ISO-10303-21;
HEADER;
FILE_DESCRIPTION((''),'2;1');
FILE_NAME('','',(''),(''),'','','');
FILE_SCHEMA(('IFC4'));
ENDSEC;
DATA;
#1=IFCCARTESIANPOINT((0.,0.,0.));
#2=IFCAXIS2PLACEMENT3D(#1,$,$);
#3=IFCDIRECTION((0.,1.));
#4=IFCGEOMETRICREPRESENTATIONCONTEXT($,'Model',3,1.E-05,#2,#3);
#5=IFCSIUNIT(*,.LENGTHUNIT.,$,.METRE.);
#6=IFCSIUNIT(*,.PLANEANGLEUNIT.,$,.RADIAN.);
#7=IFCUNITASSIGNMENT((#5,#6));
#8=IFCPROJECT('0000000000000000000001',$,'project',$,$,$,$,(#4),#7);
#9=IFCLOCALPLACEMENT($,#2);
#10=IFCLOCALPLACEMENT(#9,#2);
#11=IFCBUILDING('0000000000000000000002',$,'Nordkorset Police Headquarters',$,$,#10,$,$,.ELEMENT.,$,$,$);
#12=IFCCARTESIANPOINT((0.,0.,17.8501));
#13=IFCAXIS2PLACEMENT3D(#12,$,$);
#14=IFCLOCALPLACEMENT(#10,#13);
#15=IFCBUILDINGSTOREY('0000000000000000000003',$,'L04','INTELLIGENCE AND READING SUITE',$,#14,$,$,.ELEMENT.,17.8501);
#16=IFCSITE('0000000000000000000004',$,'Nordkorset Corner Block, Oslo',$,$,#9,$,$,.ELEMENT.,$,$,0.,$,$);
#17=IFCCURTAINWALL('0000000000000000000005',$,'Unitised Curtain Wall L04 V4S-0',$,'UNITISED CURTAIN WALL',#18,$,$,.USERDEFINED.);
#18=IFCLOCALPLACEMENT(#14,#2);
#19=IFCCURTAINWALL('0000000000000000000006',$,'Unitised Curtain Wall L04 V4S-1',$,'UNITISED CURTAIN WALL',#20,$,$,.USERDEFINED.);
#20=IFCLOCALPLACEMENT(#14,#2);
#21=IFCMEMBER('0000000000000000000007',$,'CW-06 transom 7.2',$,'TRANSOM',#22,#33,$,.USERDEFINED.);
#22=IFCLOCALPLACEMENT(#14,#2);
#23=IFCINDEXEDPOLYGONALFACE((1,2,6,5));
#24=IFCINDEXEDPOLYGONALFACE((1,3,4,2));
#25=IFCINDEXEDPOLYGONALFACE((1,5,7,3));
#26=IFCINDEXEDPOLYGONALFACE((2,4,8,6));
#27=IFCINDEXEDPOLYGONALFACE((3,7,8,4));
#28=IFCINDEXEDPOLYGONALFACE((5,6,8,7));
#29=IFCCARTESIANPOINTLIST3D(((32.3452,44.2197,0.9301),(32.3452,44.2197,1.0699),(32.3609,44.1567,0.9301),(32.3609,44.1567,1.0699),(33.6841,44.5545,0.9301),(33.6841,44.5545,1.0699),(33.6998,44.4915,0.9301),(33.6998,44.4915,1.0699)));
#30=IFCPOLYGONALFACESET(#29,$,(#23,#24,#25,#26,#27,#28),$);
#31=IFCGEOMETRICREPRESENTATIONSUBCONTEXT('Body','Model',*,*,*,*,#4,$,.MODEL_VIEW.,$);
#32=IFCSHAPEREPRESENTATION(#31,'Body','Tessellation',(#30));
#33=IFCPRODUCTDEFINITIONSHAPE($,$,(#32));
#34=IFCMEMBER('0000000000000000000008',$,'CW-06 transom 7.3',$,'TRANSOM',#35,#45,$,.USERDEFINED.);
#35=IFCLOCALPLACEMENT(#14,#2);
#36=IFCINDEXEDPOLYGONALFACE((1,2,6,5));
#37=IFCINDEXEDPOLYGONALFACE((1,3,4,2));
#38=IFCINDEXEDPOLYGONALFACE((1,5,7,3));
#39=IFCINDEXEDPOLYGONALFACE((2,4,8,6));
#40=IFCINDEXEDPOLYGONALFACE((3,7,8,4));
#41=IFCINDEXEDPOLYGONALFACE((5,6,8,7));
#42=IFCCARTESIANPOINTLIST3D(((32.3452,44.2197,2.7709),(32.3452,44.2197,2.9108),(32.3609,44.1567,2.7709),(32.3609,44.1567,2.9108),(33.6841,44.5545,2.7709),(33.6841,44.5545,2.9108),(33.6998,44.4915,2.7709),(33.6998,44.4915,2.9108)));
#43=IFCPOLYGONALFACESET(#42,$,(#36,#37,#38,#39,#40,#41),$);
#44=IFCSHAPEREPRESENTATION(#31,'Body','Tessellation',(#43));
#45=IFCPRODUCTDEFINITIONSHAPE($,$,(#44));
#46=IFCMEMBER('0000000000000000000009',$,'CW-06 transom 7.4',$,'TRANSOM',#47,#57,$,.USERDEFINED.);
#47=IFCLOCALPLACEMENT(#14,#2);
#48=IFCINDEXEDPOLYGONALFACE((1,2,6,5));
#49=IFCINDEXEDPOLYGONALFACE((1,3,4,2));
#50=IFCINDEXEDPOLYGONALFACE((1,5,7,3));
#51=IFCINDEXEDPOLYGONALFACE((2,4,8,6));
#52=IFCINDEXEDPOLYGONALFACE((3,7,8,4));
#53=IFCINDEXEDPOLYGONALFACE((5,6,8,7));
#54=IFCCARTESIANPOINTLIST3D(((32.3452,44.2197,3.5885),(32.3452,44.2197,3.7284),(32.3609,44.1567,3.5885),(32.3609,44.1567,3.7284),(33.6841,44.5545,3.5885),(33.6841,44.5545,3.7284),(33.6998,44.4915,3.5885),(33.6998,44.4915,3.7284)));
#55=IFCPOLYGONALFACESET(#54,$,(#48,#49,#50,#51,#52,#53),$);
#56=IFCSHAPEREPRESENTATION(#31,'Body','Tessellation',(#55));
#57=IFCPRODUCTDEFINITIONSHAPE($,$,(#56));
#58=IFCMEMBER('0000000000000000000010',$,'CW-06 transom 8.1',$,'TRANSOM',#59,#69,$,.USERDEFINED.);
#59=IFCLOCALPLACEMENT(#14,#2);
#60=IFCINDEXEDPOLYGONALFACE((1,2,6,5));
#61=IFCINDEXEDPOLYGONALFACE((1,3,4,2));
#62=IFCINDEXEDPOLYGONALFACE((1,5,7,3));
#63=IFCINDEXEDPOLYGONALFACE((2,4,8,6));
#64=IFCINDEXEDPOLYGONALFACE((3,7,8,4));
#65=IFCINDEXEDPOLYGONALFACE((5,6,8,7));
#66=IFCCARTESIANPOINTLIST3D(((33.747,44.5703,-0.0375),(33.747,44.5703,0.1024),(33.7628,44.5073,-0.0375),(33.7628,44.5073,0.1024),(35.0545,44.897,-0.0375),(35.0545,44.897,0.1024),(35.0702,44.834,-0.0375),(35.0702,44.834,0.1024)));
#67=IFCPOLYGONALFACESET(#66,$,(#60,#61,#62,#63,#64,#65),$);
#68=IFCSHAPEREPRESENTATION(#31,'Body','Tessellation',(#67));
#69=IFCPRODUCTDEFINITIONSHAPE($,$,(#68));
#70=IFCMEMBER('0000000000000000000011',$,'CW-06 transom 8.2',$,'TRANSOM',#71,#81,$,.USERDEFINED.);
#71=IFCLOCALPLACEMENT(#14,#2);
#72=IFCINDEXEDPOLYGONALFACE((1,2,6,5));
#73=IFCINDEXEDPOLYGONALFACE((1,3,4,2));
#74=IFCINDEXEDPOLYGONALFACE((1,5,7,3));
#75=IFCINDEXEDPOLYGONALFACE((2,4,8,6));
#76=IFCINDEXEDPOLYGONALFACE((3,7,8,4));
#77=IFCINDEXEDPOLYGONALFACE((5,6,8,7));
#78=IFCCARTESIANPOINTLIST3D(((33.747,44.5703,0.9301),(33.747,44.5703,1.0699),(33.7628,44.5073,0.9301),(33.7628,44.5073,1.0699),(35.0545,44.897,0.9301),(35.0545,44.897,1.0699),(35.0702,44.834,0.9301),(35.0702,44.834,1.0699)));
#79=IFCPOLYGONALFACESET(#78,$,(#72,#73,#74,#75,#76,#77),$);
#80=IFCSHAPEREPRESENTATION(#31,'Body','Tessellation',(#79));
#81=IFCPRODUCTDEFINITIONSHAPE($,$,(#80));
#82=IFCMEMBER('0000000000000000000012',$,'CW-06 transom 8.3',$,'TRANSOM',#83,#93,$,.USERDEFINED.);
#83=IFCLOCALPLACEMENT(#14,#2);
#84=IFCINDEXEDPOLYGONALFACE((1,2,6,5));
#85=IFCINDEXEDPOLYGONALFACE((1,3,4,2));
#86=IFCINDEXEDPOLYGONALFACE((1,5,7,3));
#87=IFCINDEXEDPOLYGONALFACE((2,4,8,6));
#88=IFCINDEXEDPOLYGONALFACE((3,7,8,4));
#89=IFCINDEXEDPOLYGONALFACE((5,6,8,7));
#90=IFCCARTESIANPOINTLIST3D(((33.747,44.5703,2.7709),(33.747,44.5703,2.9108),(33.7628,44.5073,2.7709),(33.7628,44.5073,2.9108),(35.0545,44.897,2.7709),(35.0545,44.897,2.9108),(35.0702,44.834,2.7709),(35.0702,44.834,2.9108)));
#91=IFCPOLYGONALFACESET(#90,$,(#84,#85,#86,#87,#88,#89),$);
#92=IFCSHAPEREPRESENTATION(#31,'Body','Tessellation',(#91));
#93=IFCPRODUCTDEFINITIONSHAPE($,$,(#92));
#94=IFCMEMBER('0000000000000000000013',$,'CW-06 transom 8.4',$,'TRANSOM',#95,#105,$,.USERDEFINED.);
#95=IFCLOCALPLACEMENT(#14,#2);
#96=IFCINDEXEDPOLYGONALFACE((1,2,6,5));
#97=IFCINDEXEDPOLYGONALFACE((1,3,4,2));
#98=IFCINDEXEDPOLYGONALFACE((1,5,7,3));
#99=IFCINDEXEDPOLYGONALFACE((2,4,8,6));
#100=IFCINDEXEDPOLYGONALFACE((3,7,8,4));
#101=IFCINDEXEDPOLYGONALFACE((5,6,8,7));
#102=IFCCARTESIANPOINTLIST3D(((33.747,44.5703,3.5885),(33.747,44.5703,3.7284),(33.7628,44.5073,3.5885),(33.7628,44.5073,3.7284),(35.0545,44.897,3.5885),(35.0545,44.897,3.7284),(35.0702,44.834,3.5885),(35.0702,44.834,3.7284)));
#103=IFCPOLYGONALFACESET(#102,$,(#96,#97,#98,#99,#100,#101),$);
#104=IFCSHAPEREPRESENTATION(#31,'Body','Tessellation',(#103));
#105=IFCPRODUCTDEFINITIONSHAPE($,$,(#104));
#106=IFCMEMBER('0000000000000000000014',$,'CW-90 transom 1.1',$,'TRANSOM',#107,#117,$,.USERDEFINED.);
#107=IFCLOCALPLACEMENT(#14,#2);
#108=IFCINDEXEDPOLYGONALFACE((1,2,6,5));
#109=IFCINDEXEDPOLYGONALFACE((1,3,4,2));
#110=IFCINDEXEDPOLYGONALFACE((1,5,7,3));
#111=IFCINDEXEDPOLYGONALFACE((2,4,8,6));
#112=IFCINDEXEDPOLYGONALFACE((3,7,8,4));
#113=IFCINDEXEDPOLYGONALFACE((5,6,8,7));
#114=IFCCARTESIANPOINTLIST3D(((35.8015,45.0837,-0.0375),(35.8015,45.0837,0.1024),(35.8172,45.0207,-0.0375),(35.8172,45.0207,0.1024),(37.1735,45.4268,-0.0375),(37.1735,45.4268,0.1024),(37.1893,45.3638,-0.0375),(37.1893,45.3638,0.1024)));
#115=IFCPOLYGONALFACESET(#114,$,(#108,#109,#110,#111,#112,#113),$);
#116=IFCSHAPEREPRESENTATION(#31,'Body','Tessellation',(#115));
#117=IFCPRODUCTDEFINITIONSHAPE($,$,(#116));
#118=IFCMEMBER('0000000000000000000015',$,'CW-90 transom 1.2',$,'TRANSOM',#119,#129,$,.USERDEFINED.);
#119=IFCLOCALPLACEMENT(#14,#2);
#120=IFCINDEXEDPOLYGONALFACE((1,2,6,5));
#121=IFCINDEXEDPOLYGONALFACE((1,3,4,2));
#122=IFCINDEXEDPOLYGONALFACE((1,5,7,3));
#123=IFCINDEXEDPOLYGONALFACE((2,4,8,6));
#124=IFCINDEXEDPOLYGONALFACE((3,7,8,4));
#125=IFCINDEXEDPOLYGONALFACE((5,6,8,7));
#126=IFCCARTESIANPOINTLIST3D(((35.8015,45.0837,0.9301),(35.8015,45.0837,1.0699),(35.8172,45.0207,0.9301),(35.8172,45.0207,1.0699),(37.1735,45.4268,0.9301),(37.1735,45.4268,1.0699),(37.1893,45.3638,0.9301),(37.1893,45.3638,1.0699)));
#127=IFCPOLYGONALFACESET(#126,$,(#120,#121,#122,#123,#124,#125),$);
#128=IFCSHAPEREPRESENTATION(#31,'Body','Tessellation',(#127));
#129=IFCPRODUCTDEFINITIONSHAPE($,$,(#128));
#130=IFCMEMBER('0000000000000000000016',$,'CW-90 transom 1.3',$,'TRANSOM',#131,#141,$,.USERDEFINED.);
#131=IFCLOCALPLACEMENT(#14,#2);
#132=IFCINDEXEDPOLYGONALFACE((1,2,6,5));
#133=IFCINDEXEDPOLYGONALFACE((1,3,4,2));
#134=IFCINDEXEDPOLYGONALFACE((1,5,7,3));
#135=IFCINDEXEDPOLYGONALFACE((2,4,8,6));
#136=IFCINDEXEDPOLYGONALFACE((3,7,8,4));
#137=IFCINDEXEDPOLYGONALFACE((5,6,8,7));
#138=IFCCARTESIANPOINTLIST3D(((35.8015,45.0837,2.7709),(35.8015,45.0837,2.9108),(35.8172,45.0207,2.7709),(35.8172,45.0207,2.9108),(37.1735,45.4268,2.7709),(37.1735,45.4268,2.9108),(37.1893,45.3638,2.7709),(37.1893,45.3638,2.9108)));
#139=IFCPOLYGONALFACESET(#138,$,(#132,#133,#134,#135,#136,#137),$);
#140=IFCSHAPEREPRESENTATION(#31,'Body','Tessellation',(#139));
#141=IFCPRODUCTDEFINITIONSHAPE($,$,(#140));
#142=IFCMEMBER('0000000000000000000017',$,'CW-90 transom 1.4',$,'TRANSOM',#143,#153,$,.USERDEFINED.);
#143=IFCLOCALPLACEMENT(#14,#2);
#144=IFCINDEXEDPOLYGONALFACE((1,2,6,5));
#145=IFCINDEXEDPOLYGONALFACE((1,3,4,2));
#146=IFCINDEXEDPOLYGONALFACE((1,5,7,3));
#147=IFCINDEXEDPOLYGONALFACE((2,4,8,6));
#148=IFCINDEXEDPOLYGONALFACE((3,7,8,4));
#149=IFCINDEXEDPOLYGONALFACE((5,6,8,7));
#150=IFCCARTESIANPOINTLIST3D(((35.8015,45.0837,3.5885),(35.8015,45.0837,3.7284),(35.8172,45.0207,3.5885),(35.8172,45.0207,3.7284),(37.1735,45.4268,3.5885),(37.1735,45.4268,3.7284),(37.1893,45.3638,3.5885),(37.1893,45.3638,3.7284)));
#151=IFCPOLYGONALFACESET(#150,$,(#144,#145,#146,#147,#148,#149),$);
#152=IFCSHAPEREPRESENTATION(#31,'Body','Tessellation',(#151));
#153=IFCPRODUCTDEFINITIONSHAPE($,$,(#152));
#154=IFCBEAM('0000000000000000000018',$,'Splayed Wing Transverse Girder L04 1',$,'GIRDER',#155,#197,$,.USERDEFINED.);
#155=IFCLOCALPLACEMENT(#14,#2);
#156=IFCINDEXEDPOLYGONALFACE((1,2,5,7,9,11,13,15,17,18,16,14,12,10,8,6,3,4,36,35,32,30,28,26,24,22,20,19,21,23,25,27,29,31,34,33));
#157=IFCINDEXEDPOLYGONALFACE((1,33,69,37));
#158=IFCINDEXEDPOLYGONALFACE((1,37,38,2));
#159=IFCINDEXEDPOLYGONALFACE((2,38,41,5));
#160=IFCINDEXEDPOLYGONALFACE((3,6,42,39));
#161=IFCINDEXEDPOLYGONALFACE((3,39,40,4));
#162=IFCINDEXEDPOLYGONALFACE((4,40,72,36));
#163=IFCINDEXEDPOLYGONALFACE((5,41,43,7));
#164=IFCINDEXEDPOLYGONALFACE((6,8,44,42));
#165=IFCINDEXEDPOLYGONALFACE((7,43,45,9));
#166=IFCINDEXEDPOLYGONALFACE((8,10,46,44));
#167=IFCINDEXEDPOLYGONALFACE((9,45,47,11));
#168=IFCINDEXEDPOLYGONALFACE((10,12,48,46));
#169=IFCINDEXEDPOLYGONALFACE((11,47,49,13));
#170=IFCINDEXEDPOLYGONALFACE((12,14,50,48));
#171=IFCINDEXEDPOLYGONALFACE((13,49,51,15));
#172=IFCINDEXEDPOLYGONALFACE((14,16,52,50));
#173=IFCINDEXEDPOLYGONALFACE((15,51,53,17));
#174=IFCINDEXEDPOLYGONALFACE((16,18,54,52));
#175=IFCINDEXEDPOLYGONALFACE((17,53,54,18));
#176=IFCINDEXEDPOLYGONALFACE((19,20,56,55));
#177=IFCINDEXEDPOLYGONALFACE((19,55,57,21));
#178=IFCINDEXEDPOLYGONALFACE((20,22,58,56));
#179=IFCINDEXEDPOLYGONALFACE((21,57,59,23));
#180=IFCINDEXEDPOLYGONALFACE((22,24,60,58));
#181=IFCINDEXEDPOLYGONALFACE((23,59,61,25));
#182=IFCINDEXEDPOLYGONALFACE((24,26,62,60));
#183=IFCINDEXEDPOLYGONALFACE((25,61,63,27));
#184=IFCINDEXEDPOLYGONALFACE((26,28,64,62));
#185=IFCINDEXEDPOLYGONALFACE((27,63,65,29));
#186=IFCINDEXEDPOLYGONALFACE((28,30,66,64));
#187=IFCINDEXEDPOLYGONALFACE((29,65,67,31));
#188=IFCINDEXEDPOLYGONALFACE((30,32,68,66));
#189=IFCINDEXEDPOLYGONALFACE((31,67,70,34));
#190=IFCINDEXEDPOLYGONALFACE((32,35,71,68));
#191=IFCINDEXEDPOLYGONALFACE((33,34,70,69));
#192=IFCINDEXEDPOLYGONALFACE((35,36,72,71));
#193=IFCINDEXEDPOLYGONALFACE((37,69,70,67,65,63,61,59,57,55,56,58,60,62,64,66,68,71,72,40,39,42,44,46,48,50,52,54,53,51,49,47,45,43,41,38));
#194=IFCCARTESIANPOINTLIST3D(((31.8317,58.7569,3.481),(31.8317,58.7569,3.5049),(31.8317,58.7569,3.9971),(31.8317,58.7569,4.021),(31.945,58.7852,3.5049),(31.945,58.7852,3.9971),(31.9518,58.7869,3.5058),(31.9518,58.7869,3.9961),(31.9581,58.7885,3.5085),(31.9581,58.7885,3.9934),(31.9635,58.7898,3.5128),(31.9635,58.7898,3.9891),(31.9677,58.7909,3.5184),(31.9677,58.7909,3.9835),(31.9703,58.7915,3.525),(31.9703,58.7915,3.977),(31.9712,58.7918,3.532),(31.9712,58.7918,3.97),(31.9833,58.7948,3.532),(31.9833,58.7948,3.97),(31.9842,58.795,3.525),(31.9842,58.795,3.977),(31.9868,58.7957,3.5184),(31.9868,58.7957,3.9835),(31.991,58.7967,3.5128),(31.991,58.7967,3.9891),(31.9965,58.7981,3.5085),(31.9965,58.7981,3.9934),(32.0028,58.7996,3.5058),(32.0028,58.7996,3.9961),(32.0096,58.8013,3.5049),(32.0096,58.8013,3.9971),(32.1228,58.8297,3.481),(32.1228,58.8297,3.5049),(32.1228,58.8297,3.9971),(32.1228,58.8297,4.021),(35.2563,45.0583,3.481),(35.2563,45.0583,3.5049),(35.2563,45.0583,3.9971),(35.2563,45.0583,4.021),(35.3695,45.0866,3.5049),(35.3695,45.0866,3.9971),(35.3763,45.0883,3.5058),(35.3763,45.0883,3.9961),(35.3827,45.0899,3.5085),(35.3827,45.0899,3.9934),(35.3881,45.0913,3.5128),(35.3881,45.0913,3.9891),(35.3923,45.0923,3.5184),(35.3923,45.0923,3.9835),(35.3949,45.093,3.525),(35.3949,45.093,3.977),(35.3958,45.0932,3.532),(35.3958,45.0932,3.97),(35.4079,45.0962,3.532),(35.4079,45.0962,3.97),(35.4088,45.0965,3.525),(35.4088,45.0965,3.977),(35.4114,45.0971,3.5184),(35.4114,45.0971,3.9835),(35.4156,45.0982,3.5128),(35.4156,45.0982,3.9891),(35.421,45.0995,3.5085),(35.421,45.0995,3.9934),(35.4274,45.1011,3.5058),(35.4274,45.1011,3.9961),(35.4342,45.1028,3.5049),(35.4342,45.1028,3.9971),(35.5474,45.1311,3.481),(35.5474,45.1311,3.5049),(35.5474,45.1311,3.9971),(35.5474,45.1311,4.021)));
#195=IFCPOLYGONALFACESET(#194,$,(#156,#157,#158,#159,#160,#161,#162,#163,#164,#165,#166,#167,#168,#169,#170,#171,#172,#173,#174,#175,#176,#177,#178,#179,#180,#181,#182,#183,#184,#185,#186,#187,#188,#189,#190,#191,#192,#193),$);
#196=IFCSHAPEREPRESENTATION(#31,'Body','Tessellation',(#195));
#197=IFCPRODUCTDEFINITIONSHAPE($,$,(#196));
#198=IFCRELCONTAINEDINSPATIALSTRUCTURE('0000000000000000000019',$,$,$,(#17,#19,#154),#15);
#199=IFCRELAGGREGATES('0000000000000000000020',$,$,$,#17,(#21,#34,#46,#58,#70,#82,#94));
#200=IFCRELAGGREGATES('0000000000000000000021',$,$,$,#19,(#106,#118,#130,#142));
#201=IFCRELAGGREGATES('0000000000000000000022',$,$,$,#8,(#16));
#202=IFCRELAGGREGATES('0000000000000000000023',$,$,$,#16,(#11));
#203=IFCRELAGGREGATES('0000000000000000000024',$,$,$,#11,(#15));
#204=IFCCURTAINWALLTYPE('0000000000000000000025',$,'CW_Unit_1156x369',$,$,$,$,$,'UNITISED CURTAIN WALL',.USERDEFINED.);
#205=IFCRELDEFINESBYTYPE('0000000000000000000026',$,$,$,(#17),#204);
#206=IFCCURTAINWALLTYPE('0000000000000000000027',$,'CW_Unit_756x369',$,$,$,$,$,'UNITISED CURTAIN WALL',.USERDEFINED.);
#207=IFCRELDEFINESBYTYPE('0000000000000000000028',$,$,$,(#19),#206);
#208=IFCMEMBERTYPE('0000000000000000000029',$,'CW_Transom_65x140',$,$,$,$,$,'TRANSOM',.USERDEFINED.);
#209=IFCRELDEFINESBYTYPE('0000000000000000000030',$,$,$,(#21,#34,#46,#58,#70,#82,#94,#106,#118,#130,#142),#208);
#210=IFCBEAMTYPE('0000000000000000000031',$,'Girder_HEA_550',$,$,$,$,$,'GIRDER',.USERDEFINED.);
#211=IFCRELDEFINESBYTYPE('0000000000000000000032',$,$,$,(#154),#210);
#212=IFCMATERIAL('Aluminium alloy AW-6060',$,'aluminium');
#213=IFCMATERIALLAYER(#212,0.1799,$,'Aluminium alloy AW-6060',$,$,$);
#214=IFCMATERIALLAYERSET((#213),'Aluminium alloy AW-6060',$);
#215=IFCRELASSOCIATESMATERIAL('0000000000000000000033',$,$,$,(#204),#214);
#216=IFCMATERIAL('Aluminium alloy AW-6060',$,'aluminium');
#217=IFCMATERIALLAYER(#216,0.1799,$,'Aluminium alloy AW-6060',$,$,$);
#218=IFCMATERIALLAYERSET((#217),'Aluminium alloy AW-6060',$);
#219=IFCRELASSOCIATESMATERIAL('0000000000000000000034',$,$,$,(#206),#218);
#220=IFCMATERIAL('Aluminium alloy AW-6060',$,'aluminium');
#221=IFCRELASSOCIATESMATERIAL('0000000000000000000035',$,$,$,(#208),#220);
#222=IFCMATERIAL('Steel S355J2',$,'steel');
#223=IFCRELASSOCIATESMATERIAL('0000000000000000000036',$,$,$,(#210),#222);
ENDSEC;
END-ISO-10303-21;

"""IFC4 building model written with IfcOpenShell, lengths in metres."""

from ifc_helpers import new_model, si_unit, direction, frame, origin, origin_2d, place, context, subcontext, project, spatial, rectangle, i_section, extrude, material, layer, layer_set, material_profile, profile_set, type_object, element, aggregate, save


model = new_model("IFC4")

# Units and contexts
model_context = context("Model", 3, precision=1e-05, world=origin(), true_north=direction((0.0, 1.0)))
body_context = subcontext(model_context, "Body", "Model", "MODEL_VIEW")
ifc_project = project(units=[si_unit("LENGTHUNIT", "METRE"), si_unit("PLANEANGLEUNIT", "RADIAN")], contexts=[model_context])

# Site, building, storey
site_placement = place(None, origin())
site = spatial("IfcSite", under=ifc_project, at=site_placement, Name="Nordkorset Corner Block, Oslo", CompositionType="ELEMENT", RefElevation=0.0)
building_placement = place(site_placement, origin())
building = spatial("IfcBuilding", under=site, at=building_placement, Name="Nordkorset Police Headquarters", CompositionType="ELEMENT")
storey_placement = place(building_placement, frame((0.0, 0.0, 17.8501)))
storey = spatial("IfcBuildingStorey", under=building, at=storey_placement, Name="L04", Description="INTELLIGENCE AND READING SUITE", CompositionType="ELEMENT", Elevation=17.8501)

# Curtain wall
ifc_material_1 = material(Name="Aluminium alloy AW-6060", Category="aluminium")
ifc_layer_1 = layer(ifc_material_1, 0.1799, Name="Aluminium alloy AW-6060")
ifc_layer_set_1 = layer_set([ifc_layer_1], Name="Aluminium alloy AW-6060")
curtain_wall_type_1 = type_object("IfcCurtainWallType", Name="CW_Unit_1156x369", ElementType="UNITISED CURTAIN WALL", PredefinedType="USERDEFINED", material=ifc_layer_set_1)
curtain_wall_1_placement = place(storey_placement, origin())
curtain_wall_1 = element("IfcCurtainWall", 1, at=curtain_wall_1_placement, inside=storey, type_object=curtain_wall_type_1, Name="Unitised Curtain Wall L04 V4S-0", ObjectType="UNITISED CURTAIN WALL", PredefinedType="USERDEFINED")

# Curtain wall
ifc_material_2 = material(Name="Aluminium alloy AW-6060", Category="aluminium")
ifc_layer_2 = layer(ifc_material_2, 0.1799, Name="Aluminium alloy AW-6060")
ifc_layer_set_2 = layer_set([ifc_layer_2], Name="Aluminium alloy AW-6060")
curtain_wall_type_2 = type_object("IfcCurtainWallType", Name="CW_Unit_756x369", ElementType="UNITISED CURTAIN WALL", PredefinedType="USERDEFINED", material=ifc_layer_set_2)
curtain_wall_2_placement = place(storey_placement, origin())
curtain_wall_2 = element("IfcCurtainWall", 2, at=curtain_wall_2_placement, inside=storey, type_object=curtain_wall_type_2, Name="Unitised Curtain Wall L04 V4S-1", ObjectType="UNITISED CURTAIN WALL", PredefinedType="USERDEFINED")

# Members
ifc_material_3 = material(Name="Aluminium alloy AW-6060", Category="aluminium")
ifc_material_profile_1 = material_profile(ifc_material_3, rectangle(XDim=0.0649, YDim=0.1399, at=origin_2d()), Name="ALU TRAN 65x140")
ifc_profile_set_1 = profile_set([ifc_material_profile_1], Name="Aluminium alloy AW-6060")
member_type_1 = type_object("IfcMemberType", Name="CW_Transom_65x140", ElementType="TRANSOM", PredefinedType="USERDEFINED", material=ifc_profile_set_1)
member_1_placement = place(storey_placement, frame((32.353, 44.1882, 1.0), z_axis=(0.970143, 0.242536, 0.0), x_axis=(-0.242536, 0.970143, 0.0)))
member_1 = element("IfcMember", 3, at=member_1_placement, type_object=member_type_1, Name="CW-06 transom 7.2", ObjectType="TRANSOM", PredefinedType="USERDEFINED", context=body_context, shape_type="SweptSolid", body=[
    extrude(rectangle(XDim=0.0649, YDim=0.1399, at=origin_2d()), origin(), (0.0, 0.0, 1.0), 1.3801),
])
member_2_placement = place(storey_placement, frame((32.353, 44.1882, 2.8408), z_axis=(0.970143, 0.242536, 0.0), x_axis=(-0.242536, 0.970143, 0.0)))
member_2 = element("IfcMember", 4, at=member_2_placement, type_object=member_type_1, Name="CW-06 transom 7.3", ObjectType="TRANSOM", PredefinedType="USERDEFINED", context=body_context, shape_type="SweptSolid", body=[
    extrude(rectangle(XDim=0.0649, YDim=0.1399, at=origin_2d()), origin(), (0.0, 0.0, 1.0), 1.3801),
])
member_3_placement = place(storey_placement, frame((32.353, 44.1882, 3.6584), z_axis=(0.970143, 0.242536, 0.0), x_axis=(-0.242536, 0.970143, 0.0)))
member_3 = element("IfcMember", 5, at=member_3_placement, type_object=member_type_1, Name="CW-06 transom 7.4", ObjectType="TRANSOM", PredefinedType="USERDEFINED", context=body_context, shape_type="SweptSolid", body=[
    extrude(rectangle(XDim=0.0649, YDim=0.1399, at=origin_2d()), origin(), (0.0, 0.0, 1.0), 1.3801),
])
member_4_placement = place(storey_placement, frame((33.7549, 44.5388, 0.0325), z_axis=(0.970174, 0.242408, 0.0), x_axis=(-0.242408, 0.970174, 0.0)))
member_4 = element("IfcMember", 6, at=member_4_placement, type_object=member_type_1, Name="CW-06 transom 8.1", ObjectType="TRANSOM", PredefinedType="USERDEFINED", context=body_context, shape_type="SweptSolid", body=[
    extrude(rectangle(XDim=0.0649, YDim=0.1399, at=origin_2d()), origin(), (0.0, 0.0, 1.0), 1.3477),
])
member_5_placement = place(storey_placement, frame((33.7549, 44.5388, 1.0), z_axis=(0.970174, 0.242408, 0.0), x_axis=(-0.242408, 0.970174, 0.0)))
member_5 = element("IfcMember", 7, at=member_5_placement, type_object=member_type_1, Name="CW-06 transom 8.2", ObjectType="TRANSOM", PredefinedType="USERDEFINED", context=body_context, shape_type="SweptSolid", body=[
    extrude(rectangle(XDim=0.0649, YDim=0.1399, at=origin_2d()), origin(), (0.0, 0.0, 1.0), 1.3477),
])
member_6_placement = place(storey_placement, frame((33.7549, 44.5388, 2.8408), z_axis=(0.970174, 0.242408, 0.0), x_axis=(-0.242408, 0.970174, 0.0)))
member_6 = element("IfcMember", 8, at=member_6_placement, type_object=member_type_1, Name="CW-06 transom 8.3", ObjectType="TRANSOM", PredefinedType="USERDEFINED", context=body_context, shape_type="SweptSolid", body=[
    extrude(rectangle(XDim=0.0649, YDim=0.1399, at=origin_2d()), origin(), (0.0, 0.0, 1.0), 1.3477),
])
member_7_placement = place(storey_placement, frame((33.7549, 44.5388, 3.6584), z_axis=(0.970174, 0.242408, 0.0), x_axis=(-0.242408, 0.970174, 0.0)))
member_7 = element("IfcMember", 9, at=member_7_placement, type_object=member_type_1, Name="CW-06 transom 8.4", ObjectType="TRANSOM", PredefinedType="USERDEFINED", context=body_context, shape_type="SweptSolid", body=[
    extrude(rectangle(XDim=0.0649, YDim=0.1399, at=origin_2d()), origin(), (0.0, 0.0, 1.0), 1.3477),
])
member_8_placement = place(storey_placement, frame((35.8093, 45.0522, 0.0325), z_axis=(0.970143, 0.242536, 0.0), x_axis=(-0.242536, 0.970143, 0.0)))
member_8 = element("IfcMember", 10, at=member_8_placement, type_object=member_type_1, Name="CW-90 transom 1.1", ObjectType="TRANSOM", PredefinedType="USERDEFINED", context=body_context, shape_type="SweptSolid", body=[
    extrude(rectangle(XDim=0.0649, YDim=0.1399, at=origin_2d()), origin(), (0.0, 0.0, 1.0), 1.4143),
])
member_9_placement = place(storey_placement, frame((35.8093, 45.0522, 1.0), z_axis=(0.970143, 0.242536, 0.0), x_axis=(-0.242536, 0.970143, 0.0)))
member_9 = element("IfcMember", 11, at=member_9_placement, type_object=member_type_1, Name="CW-90 transom 1.2", ObjectType="TRANSOM", PredefinedType="USERDEFINED", context=body_context, shape_type="SweptSolid", body=[
    extrude(rectangle(XDim=0.0649, YDim=0.1399, at=origin_2d()), origin(), (0.0, 0.0, 1.0), 1.4143),
])
member_10_placement = place(storey_placement, frame((35.8093, 45.0522, 2.8408), z_axis=(0.970143, 0.242536, 0.0), x_axis=(-0.242536, 0.970143, 0.0)))
member_10 = element("IfcMember", 12, at=member_10_placement, type_object=member_type_1, Name="CW-90 transom 1.3", ObjectType="TRANSOM", PredefinedType="USERDEFINED", context=body_context, shape_type="SweptSolid", body=[
    extrude(rectangle(XDim=0.0649, YDim=0.1399, at=origin_2d()), origin(), (0.0, 0.0, 1.0), 1.4143),
])
member_11_placement = place(storey_placement, frame((35.8093, 45.0522, 3.6584), z_axis=(0.970143, 0.242536, 0.0), x_axis=(-0.242536, 0.970143, 0.0)))
member_11 = element("IfcMember", 13, at=member_11_placement, type_object=member_type_1, Name="CW-90 transom 1.4", ObjectType="TRANSOM", PredefinedType="USERDEFINED", context=body_context, shape_type="SweptSolid", body=[
    extrude(rectangle(XDim=0.0649, YDim=0.1399, at=origin_2d()), origin(), (0.0, 0.0, 1.0), 1.4143),
])

# Beam
ifc_material_4 = material(Name="Steel S355J2", Category="steel")
ifc_material_profile_2 = material_profile(ifc_material_4, i_section(OverallWidth=0.3, OverallDepth=0.54, WebThickness=0.0125, FlangeThickness=0.0239, FilletRadius=0.0271, at=origin_2d()), Name="HEA 550")
ifc_profile_set_2 = profile_set([ifc_material_profile_2], Name="Steel S355J2")
beam_type_1 = type_object("IfcBeamType", Name="Girder_HEA_550", ElementType="GIRDER", PredefinedType="USERDEFINED", material=ifc_profile_set_2)
beam_1_placement = place(storey_placement, frame((35.4019, 45.0947, 3.751), z_axis=(-0.242532, 0.970144, 0.0), x_axis=(-0.970144, -0.242532, 0.0)))
element("IfcBeam", 14, at=beam_1_placement, inside=storey, type_object=beam_type_1, Name="Splayed Wing Transverse Girder L04 1", ObjectType="GIRDER", PredefinedType="USERDEFINED", context=body_context, shape_type="SweptSolid", body=[
    extrude(i_section(OverallWidth=0.3, OverallDepth=0.54, WebThickness=0.0125, FlangeThickness=0.0239, FilletRadius=0.0271, at=origin_2d()), origin(), (0.0, 0.0, 1.0), 14.1201),
])

aggregate(curtain_wall_1, [member_1, member_2, member_3, member_4, member_5, member_6, member_7])
aggregate(curtain_wall_2, [member_8, member_9, member_10, member_11])

save(model, "model.ifc")
